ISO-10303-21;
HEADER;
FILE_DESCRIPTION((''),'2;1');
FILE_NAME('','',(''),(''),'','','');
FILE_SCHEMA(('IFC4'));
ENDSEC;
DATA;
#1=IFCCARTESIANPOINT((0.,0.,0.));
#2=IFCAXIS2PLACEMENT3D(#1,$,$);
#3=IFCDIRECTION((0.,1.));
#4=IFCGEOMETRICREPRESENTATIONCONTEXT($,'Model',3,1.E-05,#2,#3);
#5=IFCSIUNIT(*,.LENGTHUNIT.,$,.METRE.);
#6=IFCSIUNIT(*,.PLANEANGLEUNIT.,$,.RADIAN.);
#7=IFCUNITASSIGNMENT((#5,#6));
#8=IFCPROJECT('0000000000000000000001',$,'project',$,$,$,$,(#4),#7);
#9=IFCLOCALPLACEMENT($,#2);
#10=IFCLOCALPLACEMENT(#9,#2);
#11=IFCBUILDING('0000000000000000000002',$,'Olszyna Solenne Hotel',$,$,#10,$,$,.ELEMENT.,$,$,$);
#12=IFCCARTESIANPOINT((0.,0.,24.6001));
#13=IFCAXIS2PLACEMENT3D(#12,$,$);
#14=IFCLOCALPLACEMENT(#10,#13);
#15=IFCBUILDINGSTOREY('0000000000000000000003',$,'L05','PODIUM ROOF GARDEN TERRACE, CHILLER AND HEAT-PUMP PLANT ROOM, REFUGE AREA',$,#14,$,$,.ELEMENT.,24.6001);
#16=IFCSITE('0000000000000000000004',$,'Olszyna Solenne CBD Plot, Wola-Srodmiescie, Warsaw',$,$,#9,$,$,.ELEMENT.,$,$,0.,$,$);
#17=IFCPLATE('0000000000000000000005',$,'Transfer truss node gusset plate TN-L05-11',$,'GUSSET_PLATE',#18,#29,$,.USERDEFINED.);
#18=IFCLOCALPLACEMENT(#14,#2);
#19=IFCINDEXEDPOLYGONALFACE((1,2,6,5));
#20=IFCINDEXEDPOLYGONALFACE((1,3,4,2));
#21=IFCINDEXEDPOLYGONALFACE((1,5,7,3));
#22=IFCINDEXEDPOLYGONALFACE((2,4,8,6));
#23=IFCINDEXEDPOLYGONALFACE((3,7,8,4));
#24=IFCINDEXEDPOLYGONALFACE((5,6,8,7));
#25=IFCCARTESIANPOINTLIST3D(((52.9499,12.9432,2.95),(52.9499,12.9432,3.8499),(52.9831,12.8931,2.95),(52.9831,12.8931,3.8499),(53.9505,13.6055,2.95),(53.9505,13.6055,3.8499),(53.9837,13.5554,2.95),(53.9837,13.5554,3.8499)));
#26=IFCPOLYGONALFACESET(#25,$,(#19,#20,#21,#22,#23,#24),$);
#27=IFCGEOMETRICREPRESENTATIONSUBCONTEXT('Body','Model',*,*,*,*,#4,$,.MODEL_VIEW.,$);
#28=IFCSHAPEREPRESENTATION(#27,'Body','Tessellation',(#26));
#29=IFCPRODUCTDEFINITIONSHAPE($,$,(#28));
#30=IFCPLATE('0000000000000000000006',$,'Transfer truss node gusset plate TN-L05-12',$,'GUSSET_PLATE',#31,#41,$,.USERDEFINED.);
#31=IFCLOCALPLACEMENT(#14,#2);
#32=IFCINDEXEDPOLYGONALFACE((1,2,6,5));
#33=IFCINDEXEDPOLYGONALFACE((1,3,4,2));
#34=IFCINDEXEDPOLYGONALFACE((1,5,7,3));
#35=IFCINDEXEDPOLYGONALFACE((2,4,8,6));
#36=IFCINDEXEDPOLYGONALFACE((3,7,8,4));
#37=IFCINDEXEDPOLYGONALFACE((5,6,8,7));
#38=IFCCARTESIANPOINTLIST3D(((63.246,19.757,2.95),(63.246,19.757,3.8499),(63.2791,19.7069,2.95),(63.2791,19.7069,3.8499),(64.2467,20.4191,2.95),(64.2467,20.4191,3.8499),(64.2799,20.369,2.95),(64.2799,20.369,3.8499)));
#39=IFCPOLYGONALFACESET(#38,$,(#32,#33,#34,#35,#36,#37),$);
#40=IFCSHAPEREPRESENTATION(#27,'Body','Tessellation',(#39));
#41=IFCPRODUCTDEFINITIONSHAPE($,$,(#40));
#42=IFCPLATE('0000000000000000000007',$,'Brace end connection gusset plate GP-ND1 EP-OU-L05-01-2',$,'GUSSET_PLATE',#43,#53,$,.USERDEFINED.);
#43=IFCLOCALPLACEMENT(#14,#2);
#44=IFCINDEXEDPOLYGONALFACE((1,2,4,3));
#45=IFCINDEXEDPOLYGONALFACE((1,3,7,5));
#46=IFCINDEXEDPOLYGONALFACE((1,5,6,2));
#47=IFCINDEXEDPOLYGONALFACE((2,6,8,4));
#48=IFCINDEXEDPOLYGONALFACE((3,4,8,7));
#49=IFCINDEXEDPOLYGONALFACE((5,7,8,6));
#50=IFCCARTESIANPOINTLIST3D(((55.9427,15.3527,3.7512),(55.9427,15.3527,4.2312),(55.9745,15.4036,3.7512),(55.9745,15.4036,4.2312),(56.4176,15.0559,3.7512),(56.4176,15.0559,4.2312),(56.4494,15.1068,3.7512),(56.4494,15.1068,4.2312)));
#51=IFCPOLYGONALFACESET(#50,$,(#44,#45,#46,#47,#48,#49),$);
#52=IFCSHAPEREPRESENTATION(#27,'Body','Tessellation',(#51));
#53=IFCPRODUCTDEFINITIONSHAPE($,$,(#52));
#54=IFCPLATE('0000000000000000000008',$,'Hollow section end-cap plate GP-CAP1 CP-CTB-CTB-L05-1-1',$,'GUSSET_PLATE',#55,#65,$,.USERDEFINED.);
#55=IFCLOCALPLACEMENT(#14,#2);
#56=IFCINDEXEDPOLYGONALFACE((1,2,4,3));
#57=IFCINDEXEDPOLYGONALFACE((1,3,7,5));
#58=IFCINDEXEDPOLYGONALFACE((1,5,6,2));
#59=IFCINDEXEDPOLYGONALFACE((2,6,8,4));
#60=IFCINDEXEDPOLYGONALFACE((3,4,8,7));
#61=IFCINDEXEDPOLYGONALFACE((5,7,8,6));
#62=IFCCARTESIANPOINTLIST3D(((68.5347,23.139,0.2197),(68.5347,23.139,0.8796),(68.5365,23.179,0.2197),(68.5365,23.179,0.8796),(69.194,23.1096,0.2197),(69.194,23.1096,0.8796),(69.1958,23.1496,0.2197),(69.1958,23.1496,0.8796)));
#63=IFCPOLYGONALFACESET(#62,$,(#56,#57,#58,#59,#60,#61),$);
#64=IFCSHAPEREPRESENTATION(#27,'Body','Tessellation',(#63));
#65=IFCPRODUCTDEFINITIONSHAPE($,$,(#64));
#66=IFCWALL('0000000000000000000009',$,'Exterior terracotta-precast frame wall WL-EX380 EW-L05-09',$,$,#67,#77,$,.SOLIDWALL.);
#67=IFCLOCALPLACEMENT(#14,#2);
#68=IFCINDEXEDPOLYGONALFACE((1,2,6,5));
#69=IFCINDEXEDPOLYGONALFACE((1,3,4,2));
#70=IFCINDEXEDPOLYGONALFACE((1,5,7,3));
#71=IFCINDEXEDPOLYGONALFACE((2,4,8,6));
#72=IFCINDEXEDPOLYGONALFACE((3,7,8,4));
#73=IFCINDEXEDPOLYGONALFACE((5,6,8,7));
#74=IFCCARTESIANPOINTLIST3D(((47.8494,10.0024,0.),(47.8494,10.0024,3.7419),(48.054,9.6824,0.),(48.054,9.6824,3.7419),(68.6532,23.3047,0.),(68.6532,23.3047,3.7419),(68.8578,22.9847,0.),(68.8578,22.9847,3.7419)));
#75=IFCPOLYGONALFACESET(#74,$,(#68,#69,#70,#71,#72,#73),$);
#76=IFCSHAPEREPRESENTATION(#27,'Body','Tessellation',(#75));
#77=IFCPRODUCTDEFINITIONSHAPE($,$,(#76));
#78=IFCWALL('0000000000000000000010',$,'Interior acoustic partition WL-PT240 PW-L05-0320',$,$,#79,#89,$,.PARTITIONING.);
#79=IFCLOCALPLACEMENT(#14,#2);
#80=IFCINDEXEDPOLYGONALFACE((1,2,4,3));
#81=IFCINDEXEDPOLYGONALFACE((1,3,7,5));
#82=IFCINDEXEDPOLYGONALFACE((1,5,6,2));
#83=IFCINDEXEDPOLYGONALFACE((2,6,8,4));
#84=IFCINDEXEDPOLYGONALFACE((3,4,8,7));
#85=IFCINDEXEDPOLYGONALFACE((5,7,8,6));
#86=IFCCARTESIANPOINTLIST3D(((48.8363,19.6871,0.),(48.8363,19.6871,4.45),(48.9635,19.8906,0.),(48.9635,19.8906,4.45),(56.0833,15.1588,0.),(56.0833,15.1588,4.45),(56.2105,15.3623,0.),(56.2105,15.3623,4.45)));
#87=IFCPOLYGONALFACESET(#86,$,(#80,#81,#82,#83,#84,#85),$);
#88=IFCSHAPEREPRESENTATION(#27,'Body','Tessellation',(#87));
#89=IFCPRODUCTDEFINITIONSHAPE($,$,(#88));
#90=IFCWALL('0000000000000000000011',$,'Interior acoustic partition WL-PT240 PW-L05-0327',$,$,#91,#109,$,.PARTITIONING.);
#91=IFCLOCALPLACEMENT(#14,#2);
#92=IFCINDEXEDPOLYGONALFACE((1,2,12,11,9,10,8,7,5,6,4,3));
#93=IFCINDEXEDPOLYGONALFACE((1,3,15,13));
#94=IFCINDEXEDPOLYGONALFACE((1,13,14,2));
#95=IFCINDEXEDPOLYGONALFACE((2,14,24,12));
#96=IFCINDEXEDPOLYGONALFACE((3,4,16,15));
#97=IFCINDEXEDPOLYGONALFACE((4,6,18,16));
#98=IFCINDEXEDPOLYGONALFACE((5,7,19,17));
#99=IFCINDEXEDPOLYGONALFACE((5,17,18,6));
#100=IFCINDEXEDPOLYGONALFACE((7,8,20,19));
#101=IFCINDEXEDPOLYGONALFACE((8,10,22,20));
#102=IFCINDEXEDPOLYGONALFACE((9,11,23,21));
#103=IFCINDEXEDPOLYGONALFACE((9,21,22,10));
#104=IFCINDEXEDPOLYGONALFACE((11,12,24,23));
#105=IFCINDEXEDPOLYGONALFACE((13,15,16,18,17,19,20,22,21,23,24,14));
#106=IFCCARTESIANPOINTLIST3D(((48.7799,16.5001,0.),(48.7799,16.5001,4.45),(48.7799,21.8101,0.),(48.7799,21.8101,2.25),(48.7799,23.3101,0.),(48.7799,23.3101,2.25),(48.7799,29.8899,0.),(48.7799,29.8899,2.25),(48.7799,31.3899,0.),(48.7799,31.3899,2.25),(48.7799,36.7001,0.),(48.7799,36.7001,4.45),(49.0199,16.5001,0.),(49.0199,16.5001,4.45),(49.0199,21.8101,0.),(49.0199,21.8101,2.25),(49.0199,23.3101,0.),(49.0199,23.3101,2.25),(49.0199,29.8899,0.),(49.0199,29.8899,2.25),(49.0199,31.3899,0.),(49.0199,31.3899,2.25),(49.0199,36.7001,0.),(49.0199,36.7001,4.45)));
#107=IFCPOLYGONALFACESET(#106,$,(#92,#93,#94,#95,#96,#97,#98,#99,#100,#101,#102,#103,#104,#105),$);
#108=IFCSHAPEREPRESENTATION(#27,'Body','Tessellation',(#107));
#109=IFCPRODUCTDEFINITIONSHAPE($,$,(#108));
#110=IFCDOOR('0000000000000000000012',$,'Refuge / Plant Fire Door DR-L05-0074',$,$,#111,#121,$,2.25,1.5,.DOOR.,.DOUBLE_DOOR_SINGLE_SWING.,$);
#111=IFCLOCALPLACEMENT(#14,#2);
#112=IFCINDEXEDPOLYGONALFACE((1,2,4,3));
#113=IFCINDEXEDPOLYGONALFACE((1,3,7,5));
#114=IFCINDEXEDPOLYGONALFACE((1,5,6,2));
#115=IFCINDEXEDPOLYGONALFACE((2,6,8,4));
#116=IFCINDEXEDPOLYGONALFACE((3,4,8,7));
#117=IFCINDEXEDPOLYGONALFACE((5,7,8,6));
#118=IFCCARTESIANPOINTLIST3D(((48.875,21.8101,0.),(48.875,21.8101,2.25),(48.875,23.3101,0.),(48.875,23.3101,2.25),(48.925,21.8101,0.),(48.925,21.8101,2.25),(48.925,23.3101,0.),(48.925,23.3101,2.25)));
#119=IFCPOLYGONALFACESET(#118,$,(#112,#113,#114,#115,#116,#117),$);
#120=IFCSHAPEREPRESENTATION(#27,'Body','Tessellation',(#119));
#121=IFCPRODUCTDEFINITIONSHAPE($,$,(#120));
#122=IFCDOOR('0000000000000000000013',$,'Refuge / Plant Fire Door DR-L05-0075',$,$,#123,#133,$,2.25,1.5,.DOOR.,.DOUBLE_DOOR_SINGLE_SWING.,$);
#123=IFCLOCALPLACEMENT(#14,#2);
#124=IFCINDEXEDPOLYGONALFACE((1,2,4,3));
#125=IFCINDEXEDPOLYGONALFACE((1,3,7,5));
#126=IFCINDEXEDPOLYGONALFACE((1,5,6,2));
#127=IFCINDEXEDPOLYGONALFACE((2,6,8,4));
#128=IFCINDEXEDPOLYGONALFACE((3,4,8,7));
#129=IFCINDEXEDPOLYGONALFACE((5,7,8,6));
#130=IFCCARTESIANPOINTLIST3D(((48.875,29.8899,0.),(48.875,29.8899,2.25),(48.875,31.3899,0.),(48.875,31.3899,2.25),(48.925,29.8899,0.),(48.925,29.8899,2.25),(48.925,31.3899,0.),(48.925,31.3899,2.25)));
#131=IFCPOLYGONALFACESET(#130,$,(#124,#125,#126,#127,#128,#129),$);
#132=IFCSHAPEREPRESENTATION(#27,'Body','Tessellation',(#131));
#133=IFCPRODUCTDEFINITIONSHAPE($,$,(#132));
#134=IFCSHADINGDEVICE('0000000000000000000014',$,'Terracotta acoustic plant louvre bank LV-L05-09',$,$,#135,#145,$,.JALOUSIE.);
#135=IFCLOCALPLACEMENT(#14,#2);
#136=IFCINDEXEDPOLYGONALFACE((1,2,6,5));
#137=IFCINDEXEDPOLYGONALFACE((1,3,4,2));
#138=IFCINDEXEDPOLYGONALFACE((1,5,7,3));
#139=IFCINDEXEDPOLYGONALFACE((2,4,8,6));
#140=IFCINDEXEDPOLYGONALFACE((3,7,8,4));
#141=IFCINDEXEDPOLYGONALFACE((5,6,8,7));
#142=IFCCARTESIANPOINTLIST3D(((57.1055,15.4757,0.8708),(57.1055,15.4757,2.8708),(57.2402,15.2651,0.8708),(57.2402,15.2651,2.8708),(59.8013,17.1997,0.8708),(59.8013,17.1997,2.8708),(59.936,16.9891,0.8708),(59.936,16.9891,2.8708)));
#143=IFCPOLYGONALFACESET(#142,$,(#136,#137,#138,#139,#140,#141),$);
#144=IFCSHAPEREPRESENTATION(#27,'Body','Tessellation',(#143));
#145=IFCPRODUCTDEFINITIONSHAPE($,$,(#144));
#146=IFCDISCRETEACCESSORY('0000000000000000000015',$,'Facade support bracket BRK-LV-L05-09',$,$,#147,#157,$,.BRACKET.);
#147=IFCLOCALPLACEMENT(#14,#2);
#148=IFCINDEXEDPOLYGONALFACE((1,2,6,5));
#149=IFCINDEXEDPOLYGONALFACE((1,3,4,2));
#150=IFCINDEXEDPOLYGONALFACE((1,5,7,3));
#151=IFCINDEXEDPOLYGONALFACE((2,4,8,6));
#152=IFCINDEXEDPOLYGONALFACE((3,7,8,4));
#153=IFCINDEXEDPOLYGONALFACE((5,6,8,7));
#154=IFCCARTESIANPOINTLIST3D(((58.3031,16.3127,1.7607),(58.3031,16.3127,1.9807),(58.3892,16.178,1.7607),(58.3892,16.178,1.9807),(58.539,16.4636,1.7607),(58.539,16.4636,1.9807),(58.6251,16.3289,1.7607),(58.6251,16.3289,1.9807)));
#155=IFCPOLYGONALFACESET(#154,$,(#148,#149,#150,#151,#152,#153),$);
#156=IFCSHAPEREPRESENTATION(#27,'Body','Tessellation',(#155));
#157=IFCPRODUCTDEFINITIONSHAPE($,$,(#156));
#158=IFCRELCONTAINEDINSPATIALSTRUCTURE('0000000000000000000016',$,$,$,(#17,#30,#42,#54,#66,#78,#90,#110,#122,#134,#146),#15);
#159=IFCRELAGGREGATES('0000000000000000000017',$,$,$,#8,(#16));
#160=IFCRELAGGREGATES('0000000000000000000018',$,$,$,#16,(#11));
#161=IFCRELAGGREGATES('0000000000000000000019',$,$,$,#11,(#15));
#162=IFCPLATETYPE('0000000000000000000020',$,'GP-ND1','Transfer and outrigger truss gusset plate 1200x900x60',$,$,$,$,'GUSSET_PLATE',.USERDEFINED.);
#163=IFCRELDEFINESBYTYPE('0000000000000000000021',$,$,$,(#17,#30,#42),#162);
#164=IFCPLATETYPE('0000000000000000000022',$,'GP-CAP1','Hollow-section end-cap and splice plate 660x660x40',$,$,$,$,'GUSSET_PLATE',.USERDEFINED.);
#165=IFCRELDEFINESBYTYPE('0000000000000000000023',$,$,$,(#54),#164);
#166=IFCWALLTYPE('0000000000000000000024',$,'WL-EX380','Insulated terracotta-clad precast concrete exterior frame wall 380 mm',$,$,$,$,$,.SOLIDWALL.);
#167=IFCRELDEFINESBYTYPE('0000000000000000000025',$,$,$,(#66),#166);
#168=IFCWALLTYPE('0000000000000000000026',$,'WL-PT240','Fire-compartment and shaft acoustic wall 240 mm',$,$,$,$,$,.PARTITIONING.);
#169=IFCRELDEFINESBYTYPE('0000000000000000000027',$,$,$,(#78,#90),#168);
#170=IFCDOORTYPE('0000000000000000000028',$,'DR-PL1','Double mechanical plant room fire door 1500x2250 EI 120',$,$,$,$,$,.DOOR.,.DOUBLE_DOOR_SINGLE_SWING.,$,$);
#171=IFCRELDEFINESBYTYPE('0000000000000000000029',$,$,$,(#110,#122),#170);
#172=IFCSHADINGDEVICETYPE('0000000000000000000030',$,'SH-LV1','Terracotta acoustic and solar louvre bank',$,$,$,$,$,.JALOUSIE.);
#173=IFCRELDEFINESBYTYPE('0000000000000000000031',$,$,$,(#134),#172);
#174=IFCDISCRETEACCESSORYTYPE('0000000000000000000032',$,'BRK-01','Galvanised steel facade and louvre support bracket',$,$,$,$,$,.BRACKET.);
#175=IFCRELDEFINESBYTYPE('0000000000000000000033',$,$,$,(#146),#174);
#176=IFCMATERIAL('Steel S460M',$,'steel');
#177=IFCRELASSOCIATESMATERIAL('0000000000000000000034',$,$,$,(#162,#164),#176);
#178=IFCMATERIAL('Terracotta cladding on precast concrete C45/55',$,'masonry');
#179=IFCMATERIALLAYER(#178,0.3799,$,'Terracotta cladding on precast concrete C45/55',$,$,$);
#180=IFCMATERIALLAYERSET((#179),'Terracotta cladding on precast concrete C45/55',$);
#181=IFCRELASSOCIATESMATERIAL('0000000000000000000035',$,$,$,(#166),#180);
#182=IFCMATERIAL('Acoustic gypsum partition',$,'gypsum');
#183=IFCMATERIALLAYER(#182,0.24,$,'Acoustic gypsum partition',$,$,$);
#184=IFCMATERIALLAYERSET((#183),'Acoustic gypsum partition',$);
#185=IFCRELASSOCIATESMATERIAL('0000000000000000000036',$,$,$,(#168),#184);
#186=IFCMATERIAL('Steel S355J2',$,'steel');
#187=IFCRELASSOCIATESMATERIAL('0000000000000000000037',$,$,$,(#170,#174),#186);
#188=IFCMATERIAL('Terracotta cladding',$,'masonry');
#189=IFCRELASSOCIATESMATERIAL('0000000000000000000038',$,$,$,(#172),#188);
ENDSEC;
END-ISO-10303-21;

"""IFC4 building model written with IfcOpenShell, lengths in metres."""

from ifc_helpers import new_model, si_unit, direction, frame, frame_2d, origin, origin_2d, place, context, subcontext, project, spatial, rectangle, extrude, source, transform, mapped, material, layer, layer_set, type_object, type_shapes, element, fill, save


model = new_model("IFC4")

# Units and contexts
model_context = context("Model", 3, precision=1e-05, world=origin(), true_north=direction((0.0, 1.0)))
body_context = subcontext(model_context, "Body", "Model", "MODEL_VIEW")
ifc_project = project(units=[si_unit("LENGTHUNIT", "METRE"), si_unit("PLANEANGLEUNIT", "RADIAN")], contexts=[model_context])

# Site, building, storey
site_placement = place(None, origin())
site = spatial("IfcSite", under=ifc_project, at=site_placement, Name="Olszyna Solenne CBD Plot, Wola-Srodmiescie, Warsaw", CompositionType="ELEMENT", RefElevation=0.0)
building_placement = place(site_placement, origin())
building = spatial("IfcBuilding", under=site, at=building_placement, Name="Olszyna Solenne Hotel", CompositionType="ELEMENT")
storey_placement = place(building_placement, frame((0.0, 0.0, 24.6001)))
storey = spatial("IfcBuildingStorey", under=building, at=storey_placement, Name="L05", Description="PODIUM ROOF GARDEN TERRACE, CHILLER AND HEAT-PUMP PLANT ROOM, REFUGE AREA", CompositionType="ELEMENT", Elevation=24.6001)

# Shared definitions
ifc_material_1 = material(Name="Steel S355J2", Category="steel")
ifc_material_2 = material(Name="Steel S460M", Category="steel")

# Plates
plate_type_1 = type_object("IfcPlateType", Name="GP-ND1", Description="Transfer and outrigger truss gusset plate 1200x900x60", ElementType="GUSSET_PLATE", PredefinedType="USERDEFINED", material=ifc_material_2)
shared_shape_1 = source(origin(), body_context, "Body", "SweptSolid", [
    extrude(rectangle(XDim=1.2, YDim=0.0601, at=origin_2d()), origin(), (0.0, 0.0, 1.0), 0.8999),
])
for number, where, z_axis, x_axis, name in (
    (1, (53.4668, 13.2493, 2.95), (0.0, 0.0, 1.0), (0.833886, 0.551937, 0.0), "Transfer truss node gusset plate TN-L05-11"),
    (2, (63.7629, 20.063, 2.95), (0.0, 0.0, 1.0), (0.833982, 0.551791, 0.0), "Transfer truss node gusset plate TN-L05-12"),
):
    element("IfcPlate", number, at=place(storey_placement, frame(where, z_axis=z_axis, x_axis=x_axis)), inside=storey, type_object=plate_type_1, Name=name, ObjectType="GUSSET_PLATE", PredefinedType="USERDEFINED", context=body_context, shape_type="MappedRepresentation", body=[
        mapped(shared_shape_1, transform((0.0, 0.0, 0.0), x_axis=(1.0, 0.0, 0.0), y_axis=(0.0, 1.0, 0.0), z_axis=(0.0, 0.0, 1.0), scale=1.0)),
    ])
shared_shape_2 = source(origin(), body_context, "Body", "SweptSolid", [
    extrude(rectangle(XDim=0.5601, YDim=0.0601, at=origin_2d()), origin(), (0.0, 0.0, 1.0), 0.48),
])
plate_1_placement = place(storey_placement, frame((56.196, 15.2297, 3.7512), z_axis=(0.0, 0.0, 1.0), x_axis=(0.848048, -0.529919, 0.0)))
element("IfcPlate", 3, at=plate_1_placement, inside=storey, type_object=plate_type_1, Name="Brace end connection gusset plate GP-ND1 EP-OU-L05-01-2", ObjectType="GUSSET_PLATE", PredefinedType="USERDEFINED", context=body_context, shape_type="MappedRepresentation", body=[
    mapped(shared_shape_2, transform((0.0, 0.0, 0.0), x_axis=(1.0, 0.0, 0.0), y_axis=(0.0, 1.0, 0.0), z_axis=(0.0, 0.0, 1.0), scale=1.0)),
])
plate_type_2 = type_object("IfcPlateType", Name="GP-CAP1", Description="Hollow-section end-cap and splice plate 660x660x40", ElementType="GUSSET_PLATE", PredefinedType="USERDEFINED", material=ifc_material_2)
shared_shape_3 = source(origin(), body_context, "Body", "SweptSolid", [
    extrude(rectangle(XDim=0.04, YDim=0.6599, at=origin_2d()), origin(), (0.0, 0.0, 1.0), 0.6599),
])
plate_2_placement = place(storey_placement, frame((68.8652, 23.1443, 0.2197), z_axis=(0.0, 0.0, 1.0), x_axis=(0.044491, 0.99901, 0.0)))
element("IfcPlate", 4, at=plate_2_placement, inside=storey, type_object=plate_type_2, Name="Hollow section end-cap plate GP-CAP1 CP-CTB-CTB-L05-1-1", ObjectType="GUSSET_PLATE", PredefinedType="USERDEFINED", context=body_context, shape_type="MappedRepresentation", body=[
    mapped(shared_shape_3, transform((0.0, 0.0, 0.0), x_axis=(1.0, 0.0, 0.0), y_axis=(0.0, 1.0, 0.0), z_axis=(0.0, 0.0, 1.0), scale=1.0)),
])

# Walls
ifc_material_3 = material(Name="Terracotta cladding on precast concrete C45/55", Category="masonry")
ifc_layer_1 = layer(ifc_material_3, 0.3799, Name="Terracotta cladding on precast concrete C45/55")
ifc_layer_set_1 = layer_set([ifc_layer_1], Name="Terracotta cladding on precast concrete C45/55")
wall_type_1 = type_object("IfcWallType", Name="WL-EX380", Description="Insulated terracotta-clad precast concrete exterior frame wall 380 mm", PredefinedType="SOLIDWALL", material=ifc_layer_set_1)
wall_1_placement = place(storey_placement, frame((68.7556, 23.1448, 0.0), z_axis=(0.0, 0.0, 1.0), x_axis=(-0.842494, -0.538705, 0.0)))
element("IfcWall", 5, at=wall_1_placement, inside=storey, type_object=wall_type_1, Name="Exterior terracotta-precast frame wall WL-EX380 EW-L05-09", PredefinedType="SOLIDWALL", context=body_context, shape_type="SweptSolid", body=[
    extrude(rectangle(XDim=24.6931, YDim=0.3799, at=frame_2d((12.3467, 0.0))), origin(), (0.0, 0.0, 1.0), 3.7419),
])
ifc_material_4 = material(Name="Acoustic gypsum partition", Category="gypsum")
ifc_layer_2 = layer(ifc_material_4, 0.24, Name="Acoustic gypsum partition")
ifc_layer_set_2 = layer_set([ifc_layer_2], Name="Acoustic gypsum partition")
wall_type_2 = type_object("IfcWallType", Name="WL-PT240", Description="Fire-compartment and shaft acoustic wall 240 mm", PredefinedType="PARTITIONING", material=ifc_layer_set_2)
wall_2_placement = place(storey_placement, frame((48.8999, 19.7888, 0.0), z_axis=(0.0, 0.0, 1.0), x_axis=(0.848056, -0.529906, 0.0)))
element("IfcWall", 6, at=wall_2_placement, inside=storey, type_object=wall_type_2, Name="Interior acoustic partition WL-PT240 PW-L05-0320", PredefinedType="PARTITIONING", context=body_context, shape_type="SweptSolid", body=[
    extrude(rectangle(XDim=8.5454, YDim=0.24, at=frame_2d((4.2727, 0.0))), origin(), (0.0, 0.0, 1.0), 4.45),
])

# Wall, openings, doors
wall_3_placement = place(storey_placement, frame((48.8999, 16.5, 0.0), z_axis=(0.0, 0.0, 1.0), x_axis=(0.0, 1.0, 0.0)))
wall_3 = element("IfcWall", 7, at=wall_3_placement, inside=storey, type_object=wall_type_2, Name="Interior acoustic partition WL-PT240 PW-L05-0327", PredefinedType="PARTITIONING", context=body_context, shape_type="SweptSolid", body=[
    extrude(rectangle(XDim=20.2, YDim=0.24, at=frame_2d((10.1001, 0.0))), origin(), (0.0, 0.0, 1.0), 4.45),
])
opening_1_placement = place(wall_3_placement, frame((5.3101, 0.0, 0.0)))
opening_1 = element("IfcOpeningElement", 8, at=opening_1_placement, cuts=wall_3, PredefinedType="OPENING", context=body_context, shape_type="SweptSolid", body=[
    extrude(rectangle(XDim=1.5, YDim=2.25, at=frame_2d((0.75, 1.125))), frame((0.0, 0.1299, 0.0), z_axis=(0.0, -1.0, 0.0), x_axis=(1.0, 0.0, 0.0)), (0.0, 0.0, 1.0), 0.26),
])
opening_2_placement = place(wall_3_placement, frame((13.3899, 0.0, 0.0)))
opening_2 = element("IfcOpeningElement", 9, at=opening_2_placement, cuts=wall_3, PredefinedType="OPENING", context=body_context, shape_type="SweptSolid", body=[
    extrude(rectangle(XDim=1.5, YDim=2.25, at=frame_2d((0.75, 1.125))), frame((0.0, 0.1299, 0.0), z_axis=(0.0, -1.0, 0.0), x_axis=(1.0, 0.0, 0.0)), (0.0, 0.0, 1.0), 0.26),
])
door_type = type_object("IfcDoorType", Name="DR-PL1", Description="Double mechanical plant room fire door 1500x2250 EI 120", OperationType="DOUBLE_DOOR_SINGLE_SWING", PredefinedType="DOOR", material=ifc_material_1)
shared_shape_4 = source(origin(), body_context, "Body", "SweptSolid", [
    extrude(rectangle(XDim=1.5, YDim=2.25, at=frame_2d((0.75, 1.125))), frame((0.0, 0.0249, 0.0), z_axis=(0.0, -1.0, 0.0), x_axis=(1.0, 0.0, 0.0)), (0.0, 0.0, 1.0), 0.05),
])
type_shapes(door_type, [shared_shape_4])
door_1_placement = place(opening_1_placement, origin())
door_1 = element("IfcDoor", 10, at=door_1_placement, inside=storey, type_object=door_type, Name="Refuge / Plant Fire Door DR-L05-0074", OperationType="DOUBLE_DOOR_SINGLE_SWING", OverallHeight=2.25, OverallWidth=1.5, PredefinedType="DOOR", context=body_context, shape_type="MappedRepresentation", body=[
    mapped(shared_shape_4, transform((0.0, 0.0, 0.0), x_axis=(1.0, 0.0, 0.0), y_axis=(0.0, 1.0, 0.0), z_axis=(0.0, 0.0, 1.0), scale=1.0)),
])
fill(opening_1, door_1)
door_2_placement = place(opening_2_placement, origin())
door_2 = element("IfcDoor", 11, at=door_2_placement, inside=storey, type_object=door_type, Name="Refuge / Plant Fire Door DR-L05-0075", OperationType="DOUBLE_DOOR_SINGLE_SWING", OverallHeight=2.25, OverallWidth=1.5, PredefinedType="DOOR", context=body_context, shape_type="MappedRepresentation", body=[
    mapped(shared_shape_4, transform((0.0, 0.0, 0.0), x_axis=(1.0, 0.0, 0.0), y_axis=(0.0, 1.0, 0.0), z_axis=(0.0, 0.0, 1.0), scale=1.0)),
])
fill(opening_2, door_2)

# Shading device
ifc_material_5 = material(Name="Terracotta cladding", Category="masonry")
shading_device_type = type_object("IfcShadingDeviceType", Name="SH-LV1", Description="Terracotta acoustic and solar louvre bank", PredefinedType="JALOUSIE", material=ifc_material_5)
shared_shape_5 = source(origin(), body_context, "Body", "SweptSolid", [
    extrude(rectangle(XDim=3.2, YDim=0.25, at=origin_2d()), origin(), (0.0, 0.0, 1.0), 2.0),
])
shading_device_placement = place(storey_placement, frame((58.5208, 16.2324, 0.8708), z_axis=(0.0, 0.0, 1.0), x_axis=(-0.842452, -0.538771, 0.0)))
element("IfcShadingDevice", 12, at=shading_device_placement, inside=storey, type_object=shading_device_type, Name="Terracotta acoustic plant louvre bank LV-L05-09", PredefinedType="JALOUSIE", context=body_context, shape_type="MappedRepresentation", body=[
    mapped(shared_shape_5, transform((0.0, 0.0, 0.0), x_axis=(1.0, 0.0, 0.0), y_axis=(0.0, 1.0, 0.0), z_axis=(0.0, 0.0, 1.0), scale=1.0)),
])

# Discrete accessory
discrete_accessory_type = type_object("IfcDiscreteAccessoryType", Name="BRK-01", Description="Galvanised steel facade and louvre support bracket", PredefinedType="BRACKET", material=ifc_material_1)
shared_shape_6 = source(origin(), body_context, "Body", "SweptSolid", [
    extrude(rectangle(XDim=0.28, YDim=0.1599, at=origin_2d()), origin(), (0.0, 0.0, 1.0), 0.22),
])
discrete_accessory_placement = place(storey_placement, frame((58.4641, 16.3208, 1.7607), z_axis=(0.0, 0.0, 1.0), x_axis=(-0.842452, -0.538771, 0.0)))
element("IfcDiscreteAccessory", 13, at=discrete_accessory_placement, inside=storey, type_object=discrete_accessory_type, Name="Facade support bracket BRK-LV-L05-09", PredefinedType="BRACKET", context=body_context, shape_type="MappedRepresentation", body=[
    mapped(shared_shape_6, transform((0.0, 0.0, 0.0), x_axis=(1.0, 0.0, 0.0), y_axis=(0.0, 1.0, 0.0), z_axis=(0.0, 0.0, 1.0), scale=1.0)),
])

save(model, "model.ifc")
